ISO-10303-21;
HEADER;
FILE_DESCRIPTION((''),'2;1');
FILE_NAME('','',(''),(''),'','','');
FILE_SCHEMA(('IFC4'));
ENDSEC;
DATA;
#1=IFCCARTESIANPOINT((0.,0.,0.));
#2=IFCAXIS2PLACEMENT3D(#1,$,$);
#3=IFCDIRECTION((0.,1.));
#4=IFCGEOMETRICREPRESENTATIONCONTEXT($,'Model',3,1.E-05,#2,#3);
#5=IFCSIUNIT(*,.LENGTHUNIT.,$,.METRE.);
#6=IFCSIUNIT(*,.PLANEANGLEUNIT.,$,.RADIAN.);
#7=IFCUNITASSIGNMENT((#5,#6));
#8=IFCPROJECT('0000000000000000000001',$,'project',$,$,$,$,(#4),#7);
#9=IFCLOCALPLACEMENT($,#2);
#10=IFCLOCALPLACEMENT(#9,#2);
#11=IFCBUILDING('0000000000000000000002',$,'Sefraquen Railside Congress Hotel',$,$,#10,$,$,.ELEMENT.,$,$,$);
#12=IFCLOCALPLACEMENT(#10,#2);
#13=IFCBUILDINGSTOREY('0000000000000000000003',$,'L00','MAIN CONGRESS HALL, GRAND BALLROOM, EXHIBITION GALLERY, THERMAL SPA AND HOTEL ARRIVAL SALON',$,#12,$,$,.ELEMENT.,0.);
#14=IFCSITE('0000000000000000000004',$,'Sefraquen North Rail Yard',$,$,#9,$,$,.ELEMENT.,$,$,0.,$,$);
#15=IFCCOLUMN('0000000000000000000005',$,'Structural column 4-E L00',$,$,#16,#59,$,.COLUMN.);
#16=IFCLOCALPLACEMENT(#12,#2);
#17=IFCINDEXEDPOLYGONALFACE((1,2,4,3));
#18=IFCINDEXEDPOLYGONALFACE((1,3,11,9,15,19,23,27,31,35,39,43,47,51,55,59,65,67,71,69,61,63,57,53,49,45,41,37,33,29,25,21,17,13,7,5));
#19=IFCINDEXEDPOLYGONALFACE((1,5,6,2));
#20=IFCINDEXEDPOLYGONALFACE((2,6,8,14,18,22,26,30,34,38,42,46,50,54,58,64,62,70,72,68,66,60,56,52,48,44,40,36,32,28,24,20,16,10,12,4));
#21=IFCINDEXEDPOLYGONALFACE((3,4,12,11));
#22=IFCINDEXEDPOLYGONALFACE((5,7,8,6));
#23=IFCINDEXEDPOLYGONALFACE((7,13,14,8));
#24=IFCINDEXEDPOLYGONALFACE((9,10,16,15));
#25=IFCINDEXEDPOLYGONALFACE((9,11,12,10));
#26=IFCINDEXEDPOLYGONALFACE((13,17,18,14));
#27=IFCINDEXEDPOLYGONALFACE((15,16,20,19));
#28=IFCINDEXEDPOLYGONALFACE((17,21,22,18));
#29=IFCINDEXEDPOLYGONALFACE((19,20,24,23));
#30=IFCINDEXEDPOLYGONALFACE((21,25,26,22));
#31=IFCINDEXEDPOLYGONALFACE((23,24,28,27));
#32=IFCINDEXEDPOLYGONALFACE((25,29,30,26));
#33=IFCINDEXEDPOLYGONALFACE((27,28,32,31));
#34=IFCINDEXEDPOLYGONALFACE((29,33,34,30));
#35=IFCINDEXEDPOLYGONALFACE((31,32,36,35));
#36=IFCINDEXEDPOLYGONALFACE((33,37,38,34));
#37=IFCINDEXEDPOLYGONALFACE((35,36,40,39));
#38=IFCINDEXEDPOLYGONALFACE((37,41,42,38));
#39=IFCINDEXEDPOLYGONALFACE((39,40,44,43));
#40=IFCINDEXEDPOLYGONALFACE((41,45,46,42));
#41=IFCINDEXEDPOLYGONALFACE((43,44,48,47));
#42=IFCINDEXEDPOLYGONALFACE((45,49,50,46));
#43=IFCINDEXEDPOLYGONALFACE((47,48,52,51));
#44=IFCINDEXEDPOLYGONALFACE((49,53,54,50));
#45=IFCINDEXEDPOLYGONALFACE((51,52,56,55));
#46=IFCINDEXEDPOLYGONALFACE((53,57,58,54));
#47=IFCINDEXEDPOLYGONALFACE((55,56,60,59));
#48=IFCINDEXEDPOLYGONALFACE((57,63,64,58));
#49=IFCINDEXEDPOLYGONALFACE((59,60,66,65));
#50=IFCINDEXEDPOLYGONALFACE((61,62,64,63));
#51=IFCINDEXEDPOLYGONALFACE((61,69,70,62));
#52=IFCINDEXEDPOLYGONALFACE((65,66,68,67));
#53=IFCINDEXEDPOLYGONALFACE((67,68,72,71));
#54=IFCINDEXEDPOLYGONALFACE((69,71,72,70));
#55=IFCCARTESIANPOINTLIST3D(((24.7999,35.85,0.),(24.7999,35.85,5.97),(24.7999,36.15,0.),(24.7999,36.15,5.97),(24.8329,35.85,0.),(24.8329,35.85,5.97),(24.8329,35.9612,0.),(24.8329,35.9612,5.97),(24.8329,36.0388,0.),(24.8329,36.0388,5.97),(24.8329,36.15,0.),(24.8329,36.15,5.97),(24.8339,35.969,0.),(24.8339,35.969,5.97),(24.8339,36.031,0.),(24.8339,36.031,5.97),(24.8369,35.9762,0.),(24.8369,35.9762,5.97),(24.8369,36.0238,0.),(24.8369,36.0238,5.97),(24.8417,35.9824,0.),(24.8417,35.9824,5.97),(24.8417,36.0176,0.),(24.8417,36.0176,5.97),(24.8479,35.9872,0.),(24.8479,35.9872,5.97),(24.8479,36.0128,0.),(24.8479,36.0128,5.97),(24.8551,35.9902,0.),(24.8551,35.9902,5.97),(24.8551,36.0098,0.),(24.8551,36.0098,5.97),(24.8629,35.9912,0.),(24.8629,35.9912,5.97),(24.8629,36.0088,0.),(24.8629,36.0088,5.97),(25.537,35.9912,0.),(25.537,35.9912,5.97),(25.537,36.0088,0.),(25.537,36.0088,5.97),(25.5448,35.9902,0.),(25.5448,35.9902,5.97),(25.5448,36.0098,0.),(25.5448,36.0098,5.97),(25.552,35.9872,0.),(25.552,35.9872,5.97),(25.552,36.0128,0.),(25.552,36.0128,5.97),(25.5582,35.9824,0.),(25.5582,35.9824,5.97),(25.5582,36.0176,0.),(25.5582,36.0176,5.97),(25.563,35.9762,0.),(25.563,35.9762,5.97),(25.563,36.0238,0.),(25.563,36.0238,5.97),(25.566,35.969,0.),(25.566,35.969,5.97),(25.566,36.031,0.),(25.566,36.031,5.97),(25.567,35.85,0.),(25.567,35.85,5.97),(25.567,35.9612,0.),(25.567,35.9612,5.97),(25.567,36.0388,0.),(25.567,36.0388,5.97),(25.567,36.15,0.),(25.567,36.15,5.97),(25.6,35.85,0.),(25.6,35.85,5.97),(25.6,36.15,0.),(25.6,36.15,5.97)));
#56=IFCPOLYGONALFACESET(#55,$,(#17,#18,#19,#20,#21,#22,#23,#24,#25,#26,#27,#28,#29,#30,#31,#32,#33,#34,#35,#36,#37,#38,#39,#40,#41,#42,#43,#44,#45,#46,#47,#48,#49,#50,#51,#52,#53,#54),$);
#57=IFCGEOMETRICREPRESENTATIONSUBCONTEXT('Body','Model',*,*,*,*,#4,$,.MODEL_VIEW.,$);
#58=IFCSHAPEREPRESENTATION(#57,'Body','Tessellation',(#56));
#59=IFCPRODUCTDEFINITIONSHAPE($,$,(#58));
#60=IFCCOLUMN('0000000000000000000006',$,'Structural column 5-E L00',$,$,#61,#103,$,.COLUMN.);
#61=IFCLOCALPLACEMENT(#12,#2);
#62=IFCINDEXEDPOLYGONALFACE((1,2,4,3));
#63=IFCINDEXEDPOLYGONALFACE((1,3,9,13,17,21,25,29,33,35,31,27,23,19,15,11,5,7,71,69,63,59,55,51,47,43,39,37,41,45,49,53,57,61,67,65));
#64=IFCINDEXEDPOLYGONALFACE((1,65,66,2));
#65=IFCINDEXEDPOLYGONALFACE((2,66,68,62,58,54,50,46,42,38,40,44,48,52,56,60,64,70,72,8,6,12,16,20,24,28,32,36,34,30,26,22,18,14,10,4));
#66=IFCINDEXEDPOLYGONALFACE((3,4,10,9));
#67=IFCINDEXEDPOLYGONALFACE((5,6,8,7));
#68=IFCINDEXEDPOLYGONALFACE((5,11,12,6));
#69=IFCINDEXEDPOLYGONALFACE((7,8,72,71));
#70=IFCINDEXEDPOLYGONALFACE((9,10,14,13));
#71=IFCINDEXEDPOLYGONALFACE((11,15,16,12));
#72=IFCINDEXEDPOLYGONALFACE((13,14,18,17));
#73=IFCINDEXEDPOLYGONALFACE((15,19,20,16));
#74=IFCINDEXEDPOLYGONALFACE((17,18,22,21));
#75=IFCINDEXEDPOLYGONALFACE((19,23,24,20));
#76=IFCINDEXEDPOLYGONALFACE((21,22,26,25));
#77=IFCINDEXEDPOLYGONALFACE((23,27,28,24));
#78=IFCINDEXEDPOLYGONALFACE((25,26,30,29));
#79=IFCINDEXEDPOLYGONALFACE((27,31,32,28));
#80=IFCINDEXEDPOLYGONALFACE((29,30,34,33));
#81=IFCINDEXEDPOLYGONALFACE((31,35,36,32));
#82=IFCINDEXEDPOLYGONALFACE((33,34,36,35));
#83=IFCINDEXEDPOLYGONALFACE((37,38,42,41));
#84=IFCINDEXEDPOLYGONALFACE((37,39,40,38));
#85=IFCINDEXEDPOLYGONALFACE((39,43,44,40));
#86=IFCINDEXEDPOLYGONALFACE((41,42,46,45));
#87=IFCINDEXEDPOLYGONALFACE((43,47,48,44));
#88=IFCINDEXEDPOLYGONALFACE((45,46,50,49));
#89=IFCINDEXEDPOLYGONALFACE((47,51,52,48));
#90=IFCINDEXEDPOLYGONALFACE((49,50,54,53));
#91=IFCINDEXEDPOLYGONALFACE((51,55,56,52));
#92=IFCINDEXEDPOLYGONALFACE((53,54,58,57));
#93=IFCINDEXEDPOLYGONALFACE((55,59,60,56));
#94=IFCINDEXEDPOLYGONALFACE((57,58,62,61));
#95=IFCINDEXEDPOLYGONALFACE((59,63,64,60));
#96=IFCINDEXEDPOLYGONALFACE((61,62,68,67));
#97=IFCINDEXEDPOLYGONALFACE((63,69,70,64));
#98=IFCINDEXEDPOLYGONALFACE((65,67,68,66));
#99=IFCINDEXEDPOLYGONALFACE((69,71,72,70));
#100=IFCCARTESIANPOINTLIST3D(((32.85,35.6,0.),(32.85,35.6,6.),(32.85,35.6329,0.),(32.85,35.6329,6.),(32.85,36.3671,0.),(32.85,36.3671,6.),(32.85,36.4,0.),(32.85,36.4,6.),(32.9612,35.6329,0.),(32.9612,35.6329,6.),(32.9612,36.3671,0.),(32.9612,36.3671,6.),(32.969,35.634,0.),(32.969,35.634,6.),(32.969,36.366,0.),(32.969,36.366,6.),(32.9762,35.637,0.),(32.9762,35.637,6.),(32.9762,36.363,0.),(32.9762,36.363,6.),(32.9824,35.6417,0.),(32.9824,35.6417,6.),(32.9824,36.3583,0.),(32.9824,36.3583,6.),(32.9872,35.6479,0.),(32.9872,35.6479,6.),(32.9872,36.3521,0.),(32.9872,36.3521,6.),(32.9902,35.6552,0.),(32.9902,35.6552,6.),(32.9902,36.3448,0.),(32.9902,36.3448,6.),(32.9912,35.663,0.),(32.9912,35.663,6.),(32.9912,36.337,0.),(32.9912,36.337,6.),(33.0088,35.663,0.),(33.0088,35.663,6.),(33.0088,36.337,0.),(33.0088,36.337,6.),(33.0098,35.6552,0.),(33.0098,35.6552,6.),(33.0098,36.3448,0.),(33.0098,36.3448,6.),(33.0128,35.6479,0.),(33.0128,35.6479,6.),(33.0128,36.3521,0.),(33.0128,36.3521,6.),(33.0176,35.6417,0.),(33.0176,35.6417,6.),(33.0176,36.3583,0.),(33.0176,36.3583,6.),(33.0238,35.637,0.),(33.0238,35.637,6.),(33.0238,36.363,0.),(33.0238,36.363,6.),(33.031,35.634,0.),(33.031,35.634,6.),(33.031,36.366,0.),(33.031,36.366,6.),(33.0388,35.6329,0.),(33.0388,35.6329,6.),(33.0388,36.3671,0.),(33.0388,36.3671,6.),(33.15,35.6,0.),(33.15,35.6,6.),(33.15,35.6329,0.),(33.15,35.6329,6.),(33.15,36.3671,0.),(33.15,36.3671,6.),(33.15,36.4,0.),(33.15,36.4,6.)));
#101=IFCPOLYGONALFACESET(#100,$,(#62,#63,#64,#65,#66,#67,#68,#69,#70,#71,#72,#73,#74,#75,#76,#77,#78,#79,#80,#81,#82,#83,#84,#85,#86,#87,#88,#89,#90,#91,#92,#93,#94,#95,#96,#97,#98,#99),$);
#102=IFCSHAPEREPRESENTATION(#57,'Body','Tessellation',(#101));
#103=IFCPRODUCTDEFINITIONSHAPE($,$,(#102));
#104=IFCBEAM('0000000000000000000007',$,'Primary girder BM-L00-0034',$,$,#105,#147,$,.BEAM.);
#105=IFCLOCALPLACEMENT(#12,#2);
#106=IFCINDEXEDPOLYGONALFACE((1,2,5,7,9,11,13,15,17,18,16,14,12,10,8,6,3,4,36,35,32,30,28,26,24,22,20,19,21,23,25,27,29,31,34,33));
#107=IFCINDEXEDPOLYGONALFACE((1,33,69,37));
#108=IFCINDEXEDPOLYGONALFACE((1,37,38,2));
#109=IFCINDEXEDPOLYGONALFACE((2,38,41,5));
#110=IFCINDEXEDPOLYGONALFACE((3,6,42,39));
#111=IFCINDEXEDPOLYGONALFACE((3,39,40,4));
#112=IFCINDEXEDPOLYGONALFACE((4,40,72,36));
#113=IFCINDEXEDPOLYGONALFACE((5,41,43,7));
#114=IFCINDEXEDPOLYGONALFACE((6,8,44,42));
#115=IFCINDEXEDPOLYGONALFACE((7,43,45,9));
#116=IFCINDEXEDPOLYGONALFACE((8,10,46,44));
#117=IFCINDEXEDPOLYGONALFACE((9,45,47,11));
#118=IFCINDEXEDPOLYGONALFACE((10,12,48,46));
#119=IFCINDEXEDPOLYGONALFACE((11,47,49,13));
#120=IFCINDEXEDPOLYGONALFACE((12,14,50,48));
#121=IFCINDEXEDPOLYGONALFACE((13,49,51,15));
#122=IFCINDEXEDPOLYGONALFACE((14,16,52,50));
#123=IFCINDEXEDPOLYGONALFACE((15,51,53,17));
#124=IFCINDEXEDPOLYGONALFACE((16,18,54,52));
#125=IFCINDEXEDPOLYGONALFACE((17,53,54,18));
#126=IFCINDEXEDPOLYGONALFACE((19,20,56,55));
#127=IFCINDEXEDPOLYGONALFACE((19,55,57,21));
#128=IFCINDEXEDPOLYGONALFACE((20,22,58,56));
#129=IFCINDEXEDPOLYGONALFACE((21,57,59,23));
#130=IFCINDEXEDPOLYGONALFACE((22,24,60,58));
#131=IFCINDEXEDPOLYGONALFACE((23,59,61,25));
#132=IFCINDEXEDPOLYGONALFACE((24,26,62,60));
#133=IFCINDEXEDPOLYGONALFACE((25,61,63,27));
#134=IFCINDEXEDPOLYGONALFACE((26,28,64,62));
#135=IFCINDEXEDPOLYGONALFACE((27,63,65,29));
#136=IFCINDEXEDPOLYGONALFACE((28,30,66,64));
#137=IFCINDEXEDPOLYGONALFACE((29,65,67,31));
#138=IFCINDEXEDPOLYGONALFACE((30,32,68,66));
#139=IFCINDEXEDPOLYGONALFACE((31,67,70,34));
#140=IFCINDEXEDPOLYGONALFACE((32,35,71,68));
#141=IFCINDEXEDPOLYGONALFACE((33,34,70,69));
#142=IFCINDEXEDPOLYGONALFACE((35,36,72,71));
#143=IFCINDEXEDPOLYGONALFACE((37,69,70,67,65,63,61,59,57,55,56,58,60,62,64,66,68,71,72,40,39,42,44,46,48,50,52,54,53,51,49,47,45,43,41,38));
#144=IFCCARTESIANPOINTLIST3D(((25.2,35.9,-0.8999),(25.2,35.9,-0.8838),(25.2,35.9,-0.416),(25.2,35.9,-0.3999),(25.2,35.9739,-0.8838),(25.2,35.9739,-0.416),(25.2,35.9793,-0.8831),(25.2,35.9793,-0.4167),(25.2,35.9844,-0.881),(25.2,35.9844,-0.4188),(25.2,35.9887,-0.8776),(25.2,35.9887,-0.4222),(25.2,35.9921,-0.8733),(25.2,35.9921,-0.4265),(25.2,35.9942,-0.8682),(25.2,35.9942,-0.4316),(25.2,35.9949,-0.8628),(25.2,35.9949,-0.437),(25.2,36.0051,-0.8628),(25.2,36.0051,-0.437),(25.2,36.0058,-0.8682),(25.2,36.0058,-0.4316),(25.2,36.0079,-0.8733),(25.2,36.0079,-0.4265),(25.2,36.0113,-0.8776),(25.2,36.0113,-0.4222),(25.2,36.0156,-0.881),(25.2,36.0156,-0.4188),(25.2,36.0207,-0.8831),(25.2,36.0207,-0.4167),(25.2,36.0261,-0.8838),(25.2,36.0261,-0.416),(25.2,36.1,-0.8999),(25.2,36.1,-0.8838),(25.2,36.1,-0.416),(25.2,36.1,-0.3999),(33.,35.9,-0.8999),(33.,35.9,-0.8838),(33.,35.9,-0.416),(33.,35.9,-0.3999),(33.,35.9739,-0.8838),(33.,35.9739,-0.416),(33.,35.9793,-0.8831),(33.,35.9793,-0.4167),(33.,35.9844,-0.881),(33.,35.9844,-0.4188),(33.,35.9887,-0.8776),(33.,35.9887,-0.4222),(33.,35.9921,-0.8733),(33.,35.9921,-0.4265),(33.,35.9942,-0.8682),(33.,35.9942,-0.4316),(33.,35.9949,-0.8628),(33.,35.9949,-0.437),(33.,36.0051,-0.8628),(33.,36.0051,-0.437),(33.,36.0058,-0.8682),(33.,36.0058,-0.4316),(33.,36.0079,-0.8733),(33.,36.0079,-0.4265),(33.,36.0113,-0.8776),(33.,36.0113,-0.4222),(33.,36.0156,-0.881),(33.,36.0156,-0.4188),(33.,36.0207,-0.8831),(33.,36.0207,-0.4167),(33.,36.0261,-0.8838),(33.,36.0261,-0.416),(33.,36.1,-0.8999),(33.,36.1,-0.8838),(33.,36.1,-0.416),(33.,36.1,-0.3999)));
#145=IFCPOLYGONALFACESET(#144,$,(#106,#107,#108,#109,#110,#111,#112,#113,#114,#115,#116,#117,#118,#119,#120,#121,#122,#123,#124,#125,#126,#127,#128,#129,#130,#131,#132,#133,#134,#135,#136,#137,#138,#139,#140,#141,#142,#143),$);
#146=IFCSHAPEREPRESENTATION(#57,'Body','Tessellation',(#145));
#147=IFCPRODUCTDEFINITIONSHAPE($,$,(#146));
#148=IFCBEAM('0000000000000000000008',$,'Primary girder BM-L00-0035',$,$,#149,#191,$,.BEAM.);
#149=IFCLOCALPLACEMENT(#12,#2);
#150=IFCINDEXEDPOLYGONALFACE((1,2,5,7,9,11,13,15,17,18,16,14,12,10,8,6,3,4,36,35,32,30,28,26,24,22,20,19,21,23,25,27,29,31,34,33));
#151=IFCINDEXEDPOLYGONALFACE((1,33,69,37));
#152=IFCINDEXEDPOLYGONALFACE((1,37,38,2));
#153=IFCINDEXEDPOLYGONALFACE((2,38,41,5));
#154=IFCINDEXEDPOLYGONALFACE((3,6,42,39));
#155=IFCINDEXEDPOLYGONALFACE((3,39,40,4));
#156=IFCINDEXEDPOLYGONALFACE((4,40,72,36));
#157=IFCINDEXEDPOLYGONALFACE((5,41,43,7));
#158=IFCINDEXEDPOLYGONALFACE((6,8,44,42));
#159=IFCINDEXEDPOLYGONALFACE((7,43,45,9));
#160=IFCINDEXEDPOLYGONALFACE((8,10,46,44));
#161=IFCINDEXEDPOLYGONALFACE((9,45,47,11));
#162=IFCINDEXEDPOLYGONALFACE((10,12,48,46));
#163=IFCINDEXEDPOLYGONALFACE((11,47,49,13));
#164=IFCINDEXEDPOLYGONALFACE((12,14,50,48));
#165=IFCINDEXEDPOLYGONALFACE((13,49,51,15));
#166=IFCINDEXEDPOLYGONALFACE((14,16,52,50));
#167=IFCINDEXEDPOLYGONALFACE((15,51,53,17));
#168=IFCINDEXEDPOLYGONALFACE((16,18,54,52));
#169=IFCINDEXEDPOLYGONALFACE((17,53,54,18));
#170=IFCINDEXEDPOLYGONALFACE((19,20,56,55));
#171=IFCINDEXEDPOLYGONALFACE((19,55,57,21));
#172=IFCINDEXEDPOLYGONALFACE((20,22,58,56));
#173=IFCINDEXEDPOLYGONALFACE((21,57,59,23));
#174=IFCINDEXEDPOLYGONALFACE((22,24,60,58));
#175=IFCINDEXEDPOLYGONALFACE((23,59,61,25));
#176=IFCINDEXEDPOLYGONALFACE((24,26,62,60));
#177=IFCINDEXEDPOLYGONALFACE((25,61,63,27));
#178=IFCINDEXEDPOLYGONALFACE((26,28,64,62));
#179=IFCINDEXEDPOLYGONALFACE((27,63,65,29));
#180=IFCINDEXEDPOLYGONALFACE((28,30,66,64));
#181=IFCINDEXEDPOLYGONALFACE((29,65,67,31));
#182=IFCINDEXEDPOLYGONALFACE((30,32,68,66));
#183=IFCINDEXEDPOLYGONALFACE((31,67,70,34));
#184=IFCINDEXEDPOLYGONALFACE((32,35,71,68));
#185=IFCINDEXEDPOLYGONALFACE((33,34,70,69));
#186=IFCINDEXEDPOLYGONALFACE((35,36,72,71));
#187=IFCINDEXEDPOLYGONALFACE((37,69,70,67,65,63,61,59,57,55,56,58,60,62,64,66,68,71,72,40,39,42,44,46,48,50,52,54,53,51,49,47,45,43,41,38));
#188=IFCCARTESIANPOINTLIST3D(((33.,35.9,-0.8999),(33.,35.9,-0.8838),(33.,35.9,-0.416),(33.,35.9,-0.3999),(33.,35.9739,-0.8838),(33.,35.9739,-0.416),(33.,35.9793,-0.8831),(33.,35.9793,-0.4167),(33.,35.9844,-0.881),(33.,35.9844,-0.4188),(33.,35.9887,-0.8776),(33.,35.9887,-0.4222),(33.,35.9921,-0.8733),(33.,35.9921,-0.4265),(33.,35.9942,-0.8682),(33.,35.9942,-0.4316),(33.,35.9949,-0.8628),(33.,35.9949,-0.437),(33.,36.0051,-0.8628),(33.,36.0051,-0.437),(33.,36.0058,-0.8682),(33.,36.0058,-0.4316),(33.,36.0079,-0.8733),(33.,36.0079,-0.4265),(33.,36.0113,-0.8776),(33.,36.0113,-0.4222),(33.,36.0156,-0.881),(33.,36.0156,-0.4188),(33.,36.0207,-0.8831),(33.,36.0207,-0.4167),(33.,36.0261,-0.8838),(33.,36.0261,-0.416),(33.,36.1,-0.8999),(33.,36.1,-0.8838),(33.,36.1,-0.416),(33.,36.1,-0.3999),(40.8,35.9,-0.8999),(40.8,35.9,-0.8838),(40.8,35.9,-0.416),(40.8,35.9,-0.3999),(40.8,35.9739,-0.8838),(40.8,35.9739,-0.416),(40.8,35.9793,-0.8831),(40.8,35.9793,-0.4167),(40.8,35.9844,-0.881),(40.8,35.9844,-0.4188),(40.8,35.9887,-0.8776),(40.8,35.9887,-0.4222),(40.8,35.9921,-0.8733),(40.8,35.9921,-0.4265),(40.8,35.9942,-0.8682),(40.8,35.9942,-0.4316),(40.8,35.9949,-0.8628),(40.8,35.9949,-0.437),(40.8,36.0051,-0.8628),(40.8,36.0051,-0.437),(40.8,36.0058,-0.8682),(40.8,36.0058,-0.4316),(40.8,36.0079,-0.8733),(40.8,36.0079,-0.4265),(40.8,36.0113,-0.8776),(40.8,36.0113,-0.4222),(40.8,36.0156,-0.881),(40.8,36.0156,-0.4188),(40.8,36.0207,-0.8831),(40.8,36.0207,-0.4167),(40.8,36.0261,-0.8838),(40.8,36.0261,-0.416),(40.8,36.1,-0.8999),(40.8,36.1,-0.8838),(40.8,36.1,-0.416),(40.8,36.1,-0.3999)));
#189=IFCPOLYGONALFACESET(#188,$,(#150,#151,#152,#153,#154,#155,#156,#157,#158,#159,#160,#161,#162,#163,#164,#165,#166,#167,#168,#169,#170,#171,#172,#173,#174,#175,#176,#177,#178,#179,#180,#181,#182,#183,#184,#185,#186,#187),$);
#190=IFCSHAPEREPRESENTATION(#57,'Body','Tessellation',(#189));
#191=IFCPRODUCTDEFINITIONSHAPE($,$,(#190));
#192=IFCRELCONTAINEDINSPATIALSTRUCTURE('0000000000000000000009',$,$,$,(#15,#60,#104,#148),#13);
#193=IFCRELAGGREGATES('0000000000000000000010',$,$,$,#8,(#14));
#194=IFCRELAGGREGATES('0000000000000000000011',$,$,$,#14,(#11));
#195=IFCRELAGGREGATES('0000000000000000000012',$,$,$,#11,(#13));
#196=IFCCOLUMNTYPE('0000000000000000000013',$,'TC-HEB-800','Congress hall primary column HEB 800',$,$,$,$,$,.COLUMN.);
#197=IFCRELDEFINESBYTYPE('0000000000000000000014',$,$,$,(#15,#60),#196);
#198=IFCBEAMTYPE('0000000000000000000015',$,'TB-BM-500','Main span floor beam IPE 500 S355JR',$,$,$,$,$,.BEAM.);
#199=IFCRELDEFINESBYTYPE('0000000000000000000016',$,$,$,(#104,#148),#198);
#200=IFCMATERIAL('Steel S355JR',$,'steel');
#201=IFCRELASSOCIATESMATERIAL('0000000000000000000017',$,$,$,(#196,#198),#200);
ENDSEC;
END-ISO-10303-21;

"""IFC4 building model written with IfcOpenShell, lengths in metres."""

from ifc_helpers import new_model, si_unit, direction, frame, origin, origin_2d, place, context, subcontext, project, spatial, i_section, extrude, material, material_profile, profile_set, type_object, element, save


model = new_model("IFC4")

# Units and contexts
model_context = context("Model", 3, precision=1e-05, world=origin(), true_north=direction((0.0, 1.0)))
body_context = subcontext(model_context, "Body", "Model", "MODEL_VIEW")
ifc_project = project(units=[si_unit("LENGTHUNIT", "METRE"), si_unit("PLANEANGLEUNIT", "RADIAN")], contexts=[model_context])

# Site, building, storey
site_placement = place(None, origin())
site = spatial("IfcSite", under=ifc_project, at=site_placement, Name="Sefraquen North Rail Yard", CompositionType="ELEMENT", RefElevation=0.0)
building_placement = place(site_placement, origin())
building = spatial("IfcBuilding", under=site, at=building_placement, Name="Sefraquen Railside Congress Hotel", CompositionType="ELEMENT")
storey_placement = place(building_placement, origin())
storey = spatial("IfcBuildingStorey", under=building, at=storey_placement, Name="L00", Description="MAIN CONGRESS HALL, GRAND BALLROOM, EXHIBITION GALLERY, THERMAL SPA AND HOTEL ARRIVAL SALON", CompositionType="ELEMENT", Elevation=0.0)

# Columns
ifc_material_1 = material(Name="Steel S355JR", Category="steel")
ifc_material_profile_1 = material_profile(ifc_material_1, i_section(OverallWidth=0.3, OverallDepth=0.8, WebThickness=0.0176, FlangeThickness=0.033, FilletRadius=0.03, at=origin_2d()), Name="HEB 800")
ifc_profile_set_1 = profile_set([ifc_material_profile_1], Name="Steel S355JR")
column_type = type_object("IfcColumnType", Name="TC-HEB-800", Description="Congress hall primary column HEB 800", PredefinedType="COLUMN", material=ifc_profile_set_1)
column_1_placement = place(storey_placement, frame((25.2, 36.0, 0.0), z_axis=(0.0, 0.0, 1.0), x_axis=(0.0, 1.0, 0.0)))
element("IfcColumn", 1, at=column_1_placement, inside=storey, type_object=column_type, Name="Structural column 4-E L00", PredefinedType="COLUMN", context=body_context, shape_type="SweptSolid", body=[
    extrude(i_section(OverallWidth=0.3, OverallDepth=0.8, WebThickness=0.0176, FlangeThickness=0.033, FilletRadius=0.03, at=origin_2d()), origin(), (0.0, 0.0, 1.0), 5.97),
])
column_2_placement = place(storey_placement, frame((33.0, 36.0, 0.0), z_axis=(0.0, 0.0, 1.0), x_axis=(1.0, 0.0, 0.0)))
element("IfcColumn", 2, at=column_2_placement, inside=storey, type_object=column_type, Name="Structural column 5-E L00", PredefinedType="COLUMN", context=body_context, shape_type="SweptSolid", body=[
    extrude(i_section(OverallWidth=0.3, OverallDepth=0.8, WebThickness=0.0176, FlangeThickness=0.033, FilletRadius=0.03, at=origin_2d()), origin(), (0.0, 0.0, 1.0), 6.0),
])

# Beams
ifc_material_profile_2 = material_profile(ifc_material_1, i_section(OverallWidth=0.2, OverallDepth=0.5, WebThickness=0.0103, FlangeThickness=0.0161, FilletRadius=0.021, at=origin_2d()), Name="IPE 500")
ifc_profile_set_2 = profile_set([ifc_material_profile_2], Name="Steel S355JR")
beam_type_1 = type_object("IfcBeamType", Name="TB-BM-500", Description="Main span floor beam IPE 500 S355JR", PredefinedType="BEAM", material=ifc_profile_set_2)
for number, where, z_axis, x_axis, name in (
    (3, (25.2, 36.0, -0.6499), (1.0, 0.0, 0.0), (0.0, 1.0, 0.0), "Primary girder BM-L00-0034"),
    (4, (33.0, 36.0, -0.6499), (1.0, 0.0, 0.0), (0.0, 1.0, 0.0), "Primary girder BM-L00-0035"),
):
    element("IfcBeam", number, at=place(storey_placement, frame(where, z_axis=z_axis, x_axis=x_axis)), inside=storey, type_object=beam_type_1, Name=name, PredefinedType="BEAM", context=body_context, shape_type="SweptSolid", body=[
        extrude(i_section(OverallWidth=0.2, OverallDepth=0.5, WebThickness=0.0103, FlangeThickness=0.0161, FilletRadius=0.021, at=origin_2d()), origin(), (0.0, 0.0, 1.0), 7.8),
    ])

save(model, "model.ifc")
